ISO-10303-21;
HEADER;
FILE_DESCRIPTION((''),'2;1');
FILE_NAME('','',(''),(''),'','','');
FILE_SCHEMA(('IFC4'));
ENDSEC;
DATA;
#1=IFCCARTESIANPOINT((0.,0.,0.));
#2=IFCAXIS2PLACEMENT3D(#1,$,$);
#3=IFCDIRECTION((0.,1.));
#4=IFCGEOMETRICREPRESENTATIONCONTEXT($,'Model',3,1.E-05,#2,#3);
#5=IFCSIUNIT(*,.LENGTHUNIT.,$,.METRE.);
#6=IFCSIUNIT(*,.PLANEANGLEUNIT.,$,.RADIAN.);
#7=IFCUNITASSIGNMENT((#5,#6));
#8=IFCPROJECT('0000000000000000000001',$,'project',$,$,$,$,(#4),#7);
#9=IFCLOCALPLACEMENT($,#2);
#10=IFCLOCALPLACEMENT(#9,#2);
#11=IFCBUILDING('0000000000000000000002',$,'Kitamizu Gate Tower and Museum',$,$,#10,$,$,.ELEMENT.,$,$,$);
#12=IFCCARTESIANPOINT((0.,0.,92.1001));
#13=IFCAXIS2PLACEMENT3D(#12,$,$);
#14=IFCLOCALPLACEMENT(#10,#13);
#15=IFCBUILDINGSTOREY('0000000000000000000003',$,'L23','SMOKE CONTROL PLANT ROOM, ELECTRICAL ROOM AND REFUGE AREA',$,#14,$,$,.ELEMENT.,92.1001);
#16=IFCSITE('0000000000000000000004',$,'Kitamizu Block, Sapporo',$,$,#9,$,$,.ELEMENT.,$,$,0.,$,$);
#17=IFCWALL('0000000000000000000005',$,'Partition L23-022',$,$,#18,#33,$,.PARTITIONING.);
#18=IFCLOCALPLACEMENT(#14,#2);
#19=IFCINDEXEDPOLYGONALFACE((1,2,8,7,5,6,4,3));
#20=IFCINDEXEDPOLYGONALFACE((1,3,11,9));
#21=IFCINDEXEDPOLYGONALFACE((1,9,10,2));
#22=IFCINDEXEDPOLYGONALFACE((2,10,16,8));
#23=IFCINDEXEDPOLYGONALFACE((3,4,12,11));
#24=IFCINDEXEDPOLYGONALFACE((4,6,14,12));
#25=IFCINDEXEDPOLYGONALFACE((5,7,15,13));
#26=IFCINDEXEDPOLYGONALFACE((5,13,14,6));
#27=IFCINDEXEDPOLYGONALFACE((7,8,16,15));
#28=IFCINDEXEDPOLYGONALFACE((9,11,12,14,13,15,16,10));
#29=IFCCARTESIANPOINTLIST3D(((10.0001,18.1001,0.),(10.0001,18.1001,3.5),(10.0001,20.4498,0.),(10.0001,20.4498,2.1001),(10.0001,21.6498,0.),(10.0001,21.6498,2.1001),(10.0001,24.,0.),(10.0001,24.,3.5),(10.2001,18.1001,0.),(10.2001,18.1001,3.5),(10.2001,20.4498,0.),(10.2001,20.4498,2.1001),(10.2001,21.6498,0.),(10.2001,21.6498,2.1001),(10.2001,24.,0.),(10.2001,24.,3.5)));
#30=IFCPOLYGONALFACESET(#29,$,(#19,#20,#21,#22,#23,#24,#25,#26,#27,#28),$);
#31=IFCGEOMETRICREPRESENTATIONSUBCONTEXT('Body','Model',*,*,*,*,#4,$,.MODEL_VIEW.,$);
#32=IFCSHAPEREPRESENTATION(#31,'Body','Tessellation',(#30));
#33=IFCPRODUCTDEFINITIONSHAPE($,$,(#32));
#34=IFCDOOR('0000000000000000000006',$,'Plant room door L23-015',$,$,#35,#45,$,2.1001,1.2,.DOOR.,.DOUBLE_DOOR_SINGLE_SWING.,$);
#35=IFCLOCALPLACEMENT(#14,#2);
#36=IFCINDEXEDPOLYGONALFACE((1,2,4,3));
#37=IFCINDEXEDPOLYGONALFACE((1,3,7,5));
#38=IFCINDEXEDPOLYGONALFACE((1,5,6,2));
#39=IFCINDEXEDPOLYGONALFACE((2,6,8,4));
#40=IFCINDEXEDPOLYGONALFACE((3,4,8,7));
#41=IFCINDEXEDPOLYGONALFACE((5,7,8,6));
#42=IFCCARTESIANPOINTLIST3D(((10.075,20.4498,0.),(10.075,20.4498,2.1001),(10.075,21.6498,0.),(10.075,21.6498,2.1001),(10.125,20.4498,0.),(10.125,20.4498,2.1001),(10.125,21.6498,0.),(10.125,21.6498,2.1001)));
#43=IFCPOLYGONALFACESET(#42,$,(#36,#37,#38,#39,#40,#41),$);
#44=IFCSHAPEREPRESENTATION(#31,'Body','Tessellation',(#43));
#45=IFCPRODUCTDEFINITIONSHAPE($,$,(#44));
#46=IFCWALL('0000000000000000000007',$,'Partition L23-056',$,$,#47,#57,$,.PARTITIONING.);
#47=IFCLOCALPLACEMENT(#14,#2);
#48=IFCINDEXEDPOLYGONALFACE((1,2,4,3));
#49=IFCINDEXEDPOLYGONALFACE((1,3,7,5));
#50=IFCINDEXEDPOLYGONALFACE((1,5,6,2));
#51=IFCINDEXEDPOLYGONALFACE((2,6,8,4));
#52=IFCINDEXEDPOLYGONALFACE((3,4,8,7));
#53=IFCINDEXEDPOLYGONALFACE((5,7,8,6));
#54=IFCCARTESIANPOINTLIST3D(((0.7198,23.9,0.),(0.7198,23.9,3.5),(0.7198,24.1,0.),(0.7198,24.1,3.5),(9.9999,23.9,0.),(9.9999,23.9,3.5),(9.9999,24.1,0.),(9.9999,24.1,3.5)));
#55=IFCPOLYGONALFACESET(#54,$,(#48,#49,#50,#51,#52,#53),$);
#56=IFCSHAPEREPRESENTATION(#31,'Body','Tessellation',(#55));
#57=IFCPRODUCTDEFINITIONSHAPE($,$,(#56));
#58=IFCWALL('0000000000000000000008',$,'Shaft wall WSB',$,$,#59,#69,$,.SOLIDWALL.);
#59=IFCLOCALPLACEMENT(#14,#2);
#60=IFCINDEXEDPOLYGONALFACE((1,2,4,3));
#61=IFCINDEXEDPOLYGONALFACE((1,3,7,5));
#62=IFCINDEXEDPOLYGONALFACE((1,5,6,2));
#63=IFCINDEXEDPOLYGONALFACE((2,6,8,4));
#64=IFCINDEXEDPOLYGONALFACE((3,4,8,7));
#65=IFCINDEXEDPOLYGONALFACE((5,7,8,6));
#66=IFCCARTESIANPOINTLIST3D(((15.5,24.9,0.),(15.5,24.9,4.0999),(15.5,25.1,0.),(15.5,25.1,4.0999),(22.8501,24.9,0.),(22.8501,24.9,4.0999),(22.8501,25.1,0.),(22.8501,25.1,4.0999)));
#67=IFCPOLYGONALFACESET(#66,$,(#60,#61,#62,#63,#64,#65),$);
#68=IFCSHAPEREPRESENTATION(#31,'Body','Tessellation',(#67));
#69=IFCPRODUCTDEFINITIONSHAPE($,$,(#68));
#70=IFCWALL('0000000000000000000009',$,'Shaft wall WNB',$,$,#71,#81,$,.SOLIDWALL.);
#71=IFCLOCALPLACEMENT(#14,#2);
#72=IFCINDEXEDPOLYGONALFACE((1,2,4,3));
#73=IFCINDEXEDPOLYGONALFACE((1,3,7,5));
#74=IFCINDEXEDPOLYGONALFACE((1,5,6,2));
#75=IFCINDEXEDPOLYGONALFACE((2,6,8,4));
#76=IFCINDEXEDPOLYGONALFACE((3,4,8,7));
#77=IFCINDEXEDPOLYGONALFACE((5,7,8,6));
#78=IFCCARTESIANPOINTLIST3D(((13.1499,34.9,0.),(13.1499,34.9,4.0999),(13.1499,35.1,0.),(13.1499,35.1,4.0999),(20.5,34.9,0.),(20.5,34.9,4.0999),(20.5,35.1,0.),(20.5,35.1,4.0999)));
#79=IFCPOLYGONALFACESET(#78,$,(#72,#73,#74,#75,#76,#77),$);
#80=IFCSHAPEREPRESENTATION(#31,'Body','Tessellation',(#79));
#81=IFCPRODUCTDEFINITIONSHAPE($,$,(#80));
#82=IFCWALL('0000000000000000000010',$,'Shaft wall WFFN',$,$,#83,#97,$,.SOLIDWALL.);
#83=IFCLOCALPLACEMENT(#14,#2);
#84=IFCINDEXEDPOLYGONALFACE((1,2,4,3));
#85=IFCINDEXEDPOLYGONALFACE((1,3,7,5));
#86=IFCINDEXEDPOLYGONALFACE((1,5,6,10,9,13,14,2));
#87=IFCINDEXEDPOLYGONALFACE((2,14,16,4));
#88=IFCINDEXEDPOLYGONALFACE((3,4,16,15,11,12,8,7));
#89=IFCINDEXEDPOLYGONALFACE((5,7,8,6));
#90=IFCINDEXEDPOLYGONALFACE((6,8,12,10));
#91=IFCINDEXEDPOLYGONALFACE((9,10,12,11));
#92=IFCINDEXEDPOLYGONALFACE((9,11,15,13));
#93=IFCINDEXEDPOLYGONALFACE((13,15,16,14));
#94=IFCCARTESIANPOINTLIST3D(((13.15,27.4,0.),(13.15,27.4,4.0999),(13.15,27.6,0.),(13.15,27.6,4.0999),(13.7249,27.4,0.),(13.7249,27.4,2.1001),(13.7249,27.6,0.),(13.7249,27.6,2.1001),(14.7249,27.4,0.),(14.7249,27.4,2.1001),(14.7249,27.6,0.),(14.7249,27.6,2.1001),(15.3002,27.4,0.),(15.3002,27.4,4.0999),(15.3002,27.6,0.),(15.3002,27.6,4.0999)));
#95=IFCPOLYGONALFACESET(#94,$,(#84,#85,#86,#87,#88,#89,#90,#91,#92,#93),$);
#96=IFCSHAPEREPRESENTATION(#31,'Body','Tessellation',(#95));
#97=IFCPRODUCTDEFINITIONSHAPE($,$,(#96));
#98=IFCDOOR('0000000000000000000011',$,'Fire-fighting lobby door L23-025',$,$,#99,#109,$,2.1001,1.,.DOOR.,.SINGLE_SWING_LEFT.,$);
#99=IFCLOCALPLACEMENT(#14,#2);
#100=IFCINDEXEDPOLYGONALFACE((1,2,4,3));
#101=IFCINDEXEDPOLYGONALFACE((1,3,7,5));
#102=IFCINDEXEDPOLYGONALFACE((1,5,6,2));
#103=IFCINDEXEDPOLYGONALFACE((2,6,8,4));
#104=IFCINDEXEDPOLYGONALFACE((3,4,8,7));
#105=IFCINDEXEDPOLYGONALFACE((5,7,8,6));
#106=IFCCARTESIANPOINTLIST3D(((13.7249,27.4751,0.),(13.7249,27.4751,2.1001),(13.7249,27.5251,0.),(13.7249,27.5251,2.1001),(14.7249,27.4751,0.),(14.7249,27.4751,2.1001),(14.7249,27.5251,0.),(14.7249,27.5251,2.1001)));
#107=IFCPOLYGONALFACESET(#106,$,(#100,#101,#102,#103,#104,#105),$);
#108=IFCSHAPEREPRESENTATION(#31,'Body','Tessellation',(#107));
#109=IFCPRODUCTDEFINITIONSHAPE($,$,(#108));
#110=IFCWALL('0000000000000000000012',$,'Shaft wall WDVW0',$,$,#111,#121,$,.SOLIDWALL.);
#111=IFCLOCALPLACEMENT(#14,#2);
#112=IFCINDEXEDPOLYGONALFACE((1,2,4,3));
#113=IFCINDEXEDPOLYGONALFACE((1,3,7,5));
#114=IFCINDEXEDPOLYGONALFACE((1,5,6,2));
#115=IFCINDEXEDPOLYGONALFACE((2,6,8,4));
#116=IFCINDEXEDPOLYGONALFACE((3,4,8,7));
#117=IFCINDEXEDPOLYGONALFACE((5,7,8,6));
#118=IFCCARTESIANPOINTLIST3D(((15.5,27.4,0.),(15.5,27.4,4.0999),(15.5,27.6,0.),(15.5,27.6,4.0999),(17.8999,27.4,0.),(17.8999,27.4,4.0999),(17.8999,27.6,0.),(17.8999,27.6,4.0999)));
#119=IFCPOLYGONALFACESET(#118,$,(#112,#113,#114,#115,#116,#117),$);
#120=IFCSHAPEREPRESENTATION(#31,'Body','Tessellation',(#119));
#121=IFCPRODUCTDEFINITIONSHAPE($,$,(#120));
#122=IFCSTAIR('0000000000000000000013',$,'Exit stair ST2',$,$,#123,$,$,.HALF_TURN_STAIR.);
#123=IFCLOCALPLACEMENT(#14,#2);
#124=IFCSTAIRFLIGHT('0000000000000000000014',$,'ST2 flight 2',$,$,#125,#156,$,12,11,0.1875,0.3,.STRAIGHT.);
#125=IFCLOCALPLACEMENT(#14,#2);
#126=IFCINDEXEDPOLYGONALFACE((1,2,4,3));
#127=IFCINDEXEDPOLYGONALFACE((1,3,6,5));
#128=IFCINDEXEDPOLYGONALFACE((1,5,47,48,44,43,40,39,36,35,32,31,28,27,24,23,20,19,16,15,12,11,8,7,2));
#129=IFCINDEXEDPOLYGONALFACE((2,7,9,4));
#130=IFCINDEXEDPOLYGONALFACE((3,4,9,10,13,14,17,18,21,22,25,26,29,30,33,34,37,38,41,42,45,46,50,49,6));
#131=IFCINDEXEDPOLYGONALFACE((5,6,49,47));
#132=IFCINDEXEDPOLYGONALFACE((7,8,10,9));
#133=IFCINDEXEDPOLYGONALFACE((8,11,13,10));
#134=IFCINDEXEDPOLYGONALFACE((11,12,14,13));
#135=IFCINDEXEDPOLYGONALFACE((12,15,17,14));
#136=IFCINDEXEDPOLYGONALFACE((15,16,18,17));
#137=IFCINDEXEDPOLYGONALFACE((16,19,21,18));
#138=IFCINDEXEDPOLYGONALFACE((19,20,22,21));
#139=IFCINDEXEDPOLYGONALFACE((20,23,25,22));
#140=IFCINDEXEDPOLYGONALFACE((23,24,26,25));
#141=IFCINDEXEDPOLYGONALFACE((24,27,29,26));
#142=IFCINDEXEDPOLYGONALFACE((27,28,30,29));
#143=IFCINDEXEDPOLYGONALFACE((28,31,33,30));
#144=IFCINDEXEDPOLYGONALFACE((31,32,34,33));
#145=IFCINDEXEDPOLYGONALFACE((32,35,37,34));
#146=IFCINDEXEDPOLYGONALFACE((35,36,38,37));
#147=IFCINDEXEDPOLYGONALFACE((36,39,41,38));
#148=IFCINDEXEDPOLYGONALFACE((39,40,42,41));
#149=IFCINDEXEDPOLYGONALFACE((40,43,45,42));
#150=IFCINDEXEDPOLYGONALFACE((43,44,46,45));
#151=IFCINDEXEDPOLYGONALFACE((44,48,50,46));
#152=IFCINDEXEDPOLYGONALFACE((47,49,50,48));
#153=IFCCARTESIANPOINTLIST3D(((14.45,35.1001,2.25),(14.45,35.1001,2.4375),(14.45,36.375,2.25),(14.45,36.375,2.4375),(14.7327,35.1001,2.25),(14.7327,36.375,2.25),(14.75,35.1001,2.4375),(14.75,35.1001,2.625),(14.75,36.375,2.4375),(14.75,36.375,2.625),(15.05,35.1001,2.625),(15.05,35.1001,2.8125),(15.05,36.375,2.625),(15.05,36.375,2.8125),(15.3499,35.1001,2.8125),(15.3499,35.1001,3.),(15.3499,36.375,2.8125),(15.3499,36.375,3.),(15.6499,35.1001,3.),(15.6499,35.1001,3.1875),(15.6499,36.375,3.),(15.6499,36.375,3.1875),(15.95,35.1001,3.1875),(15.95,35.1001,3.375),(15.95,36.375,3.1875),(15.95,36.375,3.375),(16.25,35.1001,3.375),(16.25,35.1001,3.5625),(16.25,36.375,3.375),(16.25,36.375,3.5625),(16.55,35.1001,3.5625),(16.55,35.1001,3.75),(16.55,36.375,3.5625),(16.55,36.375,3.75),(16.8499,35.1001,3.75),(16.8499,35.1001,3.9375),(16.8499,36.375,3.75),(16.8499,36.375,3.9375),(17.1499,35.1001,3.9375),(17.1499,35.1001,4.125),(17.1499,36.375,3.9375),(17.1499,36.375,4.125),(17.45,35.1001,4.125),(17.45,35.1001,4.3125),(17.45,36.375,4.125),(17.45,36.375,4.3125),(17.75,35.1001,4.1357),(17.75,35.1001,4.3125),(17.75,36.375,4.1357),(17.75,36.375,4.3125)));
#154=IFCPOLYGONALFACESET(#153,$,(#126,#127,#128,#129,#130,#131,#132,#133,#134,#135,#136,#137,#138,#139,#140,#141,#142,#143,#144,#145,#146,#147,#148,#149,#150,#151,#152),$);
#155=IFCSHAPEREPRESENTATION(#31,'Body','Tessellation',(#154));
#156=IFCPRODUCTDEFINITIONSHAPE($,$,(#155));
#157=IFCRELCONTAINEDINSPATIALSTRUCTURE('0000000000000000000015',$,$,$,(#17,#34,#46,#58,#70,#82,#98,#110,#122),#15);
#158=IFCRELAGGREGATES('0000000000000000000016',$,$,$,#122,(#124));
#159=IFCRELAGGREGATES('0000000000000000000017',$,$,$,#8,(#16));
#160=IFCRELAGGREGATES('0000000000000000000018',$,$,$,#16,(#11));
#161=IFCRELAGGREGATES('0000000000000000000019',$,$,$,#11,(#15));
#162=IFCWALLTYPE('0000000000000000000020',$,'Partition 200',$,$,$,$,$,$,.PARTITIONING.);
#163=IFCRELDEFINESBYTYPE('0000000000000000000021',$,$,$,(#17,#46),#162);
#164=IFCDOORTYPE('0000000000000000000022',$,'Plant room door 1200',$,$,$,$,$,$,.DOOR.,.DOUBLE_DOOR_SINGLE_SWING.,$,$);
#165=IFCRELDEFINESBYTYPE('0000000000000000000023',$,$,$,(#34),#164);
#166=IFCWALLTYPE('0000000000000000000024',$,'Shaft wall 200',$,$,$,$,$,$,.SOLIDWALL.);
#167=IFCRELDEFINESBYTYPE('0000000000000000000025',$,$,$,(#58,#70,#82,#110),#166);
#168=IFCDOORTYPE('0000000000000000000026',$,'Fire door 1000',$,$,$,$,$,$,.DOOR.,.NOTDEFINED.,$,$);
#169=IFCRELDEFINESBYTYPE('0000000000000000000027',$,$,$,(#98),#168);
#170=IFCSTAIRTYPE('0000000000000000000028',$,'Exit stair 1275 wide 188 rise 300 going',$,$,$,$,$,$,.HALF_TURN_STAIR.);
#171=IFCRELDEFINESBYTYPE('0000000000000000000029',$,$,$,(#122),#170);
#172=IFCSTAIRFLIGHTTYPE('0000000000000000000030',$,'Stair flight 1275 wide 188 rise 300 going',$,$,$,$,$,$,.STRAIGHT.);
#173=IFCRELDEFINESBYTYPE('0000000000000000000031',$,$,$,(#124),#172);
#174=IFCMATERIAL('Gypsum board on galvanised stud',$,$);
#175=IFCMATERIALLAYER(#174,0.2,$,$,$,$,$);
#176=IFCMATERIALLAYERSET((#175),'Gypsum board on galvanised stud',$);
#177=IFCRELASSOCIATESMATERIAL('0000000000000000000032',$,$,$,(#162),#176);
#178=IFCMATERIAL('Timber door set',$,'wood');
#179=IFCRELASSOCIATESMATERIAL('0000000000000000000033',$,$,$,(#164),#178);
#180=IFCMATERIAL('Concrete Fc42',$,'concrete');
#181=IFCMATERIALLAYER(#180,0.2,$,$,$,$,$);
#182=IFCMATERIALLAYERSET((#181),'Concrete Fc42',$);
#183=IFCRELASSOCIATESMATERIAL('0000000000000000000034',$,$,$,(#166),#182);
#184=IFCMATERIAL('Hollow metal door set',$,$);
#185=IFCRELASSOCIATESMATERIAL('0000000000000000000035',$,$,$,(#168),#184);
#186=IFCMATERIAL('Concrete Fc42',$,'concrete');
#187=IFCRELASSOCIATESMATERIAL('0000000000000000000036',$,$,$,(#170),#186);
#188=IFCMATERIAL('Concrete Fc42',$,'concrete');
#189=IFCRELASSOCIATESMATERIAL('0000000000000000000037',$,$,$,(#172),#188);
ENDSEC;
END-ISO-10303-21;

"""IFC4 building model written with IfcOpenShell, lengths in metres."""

from ifc_helpers import new_model, si_unit, direction, frame, frame_2d, origin, place, context, subcontext, project, spatial, polyline, rectangle, outline, extrude, material, layer, layer_set, type_object, element, fill, aggregate, save


model = new_model("IFC4")

# Units and contexts
model_context = context("Model", 3, precision=1e-05, world=origin(), true_north=direction((0.0, 1.0)))
body_context = subcontext(model_context, "Body", "Model", "MODEL_VIEW")
ifc_project = project(units=[si_unit("LENGTHUNIT", "METRE"), si_unit("PLANEANGLEUNIT", "RADIAN")], contexts=[model_context])

# Site, building, storey
site_placement = place(None, origin())
site = spatial("IfcSite", under=ifc_project, at=site_placement, Name="Kitamizu Block, Sapporo", CompositionType="ELEMENT", RefElevation=0.0)
building_placement = place(site_placement, origin())
building = spatial("IfcBuilding", under=site, at=building_placement, Name="Kitamizu Gate Tower and Museum", CompositionType="ELEMENT")
storey_placement = place(building_placement, frame((0.0, 0.0, 92.1001)))
storey = spatial("IfcBuildingStorey", under=building, at=storey_placement, Name="L23", Description="SMOKE CONTROL PLANT ROOM, ELECTRICAL ROOM AND REFUGE AREA", CompositionType="ELEMENT", Elevation=92.1001)

# Wall, opening, door
ifc_material_1 = material(Name="Gypsum board on galvanised stud")
ifc_layer_1 = layer(ifc_material_1, 0.2)
ifc_layer_set_1 = layer_set([ifc_layer_1], Name="Gypsum board on galvanised stud")
wall_type_1 = type_object("IfcWallType", Name="Partition 200", PredefinedType="PARTITIONING", material=ifc_layer_set_1)
wall_1_placement = place(storey_placement, frame((10.1001, 24.0, 0.0), z_axis=(0.0, 0.0, 1.0), x_axis=(0.0, -1.0, 0.0)))
wall_1 = element("IfcWall", 1, at=wall_1_placement, inside=storey, type_object=wall_type_1, Name="Partition L23-022", PredefinedType="PARTITIONING", context=body_context, shape_type="SweptSolid", body=[
    extrude(rectangle(XDim=5.8999, YDim=0.2, at=frame_2d((2.95, 0.0))), origin(), (0.0, 0.0, 1.0), 3.5),
])
opening_1_placement = place(wall_1_placement, frame((2.3501, 0.0, 0.0)))
opening_1 = element("IfcOpeningElement", 2, at=opening_1_placement, cuts=wall_1, PredefinedType="OPENING", context=body_context, shape_type="SweptSolid", body=[
    extrude(rectangle(XDim=1.2, YDim=2.1001, at=frame_2d((0.6001, 1.05))), frame((0.0, 0.1099, 0.0), z_axis=(0.0, -1.0, 0.0), x_axis=(1.0, 0.0, 0.0)), (0.0, 0.0, 1.0), 0.22),
])
ifc_material_2 = material(Name="Timber door set", Category="wood")
door_type_1 = type_object("IfcDoorType", Name="Plant room door 1200", OperationType="DOUBLE_DOOR_SINGLE_SWING", PredefinedType="DOOR", material=ifc_material_2)
door_1_placement = place(opening_1_placement, origin())
door_1 = element("IfcDoor", 3, at=door_1_placement, inside=storey, type_object=door_type_1, Name="Plant room door L23-015", OperationType="DOUBLE_DOOR_SINGLE_SWING", OverallHeight=2.1001, OverallWidth=1.2, PredefinedType="DOOR", context=body_context, shape_type="SweptSolid", body=[
    extrude(rectangle(XDim=1.2, YDim=2.1001, at=frame_2d((0.6001, 1.05))), frame((0.0, 0.0249, 0.0), z_axis=(0.0, -1.0, 0.0), x_axis=(1.0, 0.0, 0.0)), (0.0, 0.0, 1.0), 0.05),
])
fill(opening_1, door_1)

# Walls
wall_2_placement = place(storey_placement, frame((10.0, 24.0, 0.0), z_axis=(0.0, 0.0, 1.0), x_axis=(-1.0, 0.0, 0.0)))
element("IfcWall", 4, at=wall_2_placement, inside=storey, type_object=wall_type_1, Name="Partition L23-056", PredefinedType="PARTITIONING", context=body_context, shape_type="SweptSolid", body=[
    extrude(rectangle(XDim=9.28, YDim=0.2, at=frame_2d((4.6401, 0.0))), origin(), (0.0, 0.0, 1.0), 3.5),
])
ifc_material_3 = material(Name="Concrete Fc42", Category="concrete")
ifc_layer_2 = layer(ifc_material_3, 0.2)
ifc_layer_set_2 = layer_set([ifc_layer_2], Name="Concrete Fc42")
wall_type_2 = type_object("IfcWallType", Name="Shaft wall 200", PredefinedType="SOLIDWALL", material=ifc_layer_set_2)
for number, where, z_axis, x_axis, name in (
    (5, (15.5, 25.0, 0.0), (0.0, 0.0, 1.0), (1.0, 0.0, 0.0), "Shaft wall WSB"),
    (6, (13.1499, 35.0, 0.0), (0.0, 0.0, 1.0), (1.0, 0.0, 0.0), "Shaft wall WNB"),
):
    element("IfcWall", number, at=place(storey_placement, frame(where, z_axis=z_axis, x_axis=x_axis)), inside=storey, type_object=wall_type_2, Name=name, PredefinedType="SOLIDWALL", context=body_context, shape_type="SweptSolid", body=[
        extrude(rectangle(XDim=7.3501, YDim=0.2, at=frame_2d((3.675, 0.0))), origin(), (0.0, 0.0, 1.0), 4.0999),
    ])

# Wall, opening, door
wall_3_placement = place(storey_placement, frame((13.1499, 27.5, 0.0), z_axis=(0.0, 0.0, 1.0), x_axis=(1.0, 0.0, 0.0)))
wall_3 = element("IfcWall", 7, at=wall_3_placement, inside=storey, type_object=wall_type_2, Name="Shaft wall WFFN", PredefinedType="SOLIDWALL", context=body_context, shape_type="SweptSolid", body=[
    extrude(rectangle(XDim=2.1501, YDim=0.2, at=frame_2d((1.0752, 0.0))), origin(), (0.0, 0.0, 1.0), 4.0999),
])
opening_2_placement = place(wall_3_placement, frame((0.575, 0.0, 0.0)))
opening_2 = element("IfcOpeningElement", 8, at=opening_2_placement, cuts=wall_3, PredefinedType="OPENING", context=body_context, shape_type="SweptSolid", body=[
    extrude(rectangle(XDim=1.0, YDim=2.1001, at=frame_2d((0.5, 1.05))), frame((0.0, 0.1099, 0.0), z_axis=(0.0, -1.0, 0.0), x_axis=(1.0, 0.0, 0.0)), (0.0, 0.0, 1.0), 0.22),
])
ifc_material_4 = material(Name="Hollow metal door set")
door_type_2 = type_object("IfcDoorType", Name="Fire door 1000", OperationType="NOTDEFINED", PredefinedType="DOOR", material=ifc_material_4)
door_2_placement = place(opening_2_placement, frame((1.0, 0.0, 0.0), x_axis=(-1.0, 0.0, 0.0)))
door_2 = element("IfcDoor", 9, at=door_2_placement, inside=storey, type_object=door_type_2, Name="Fire-fighting lobby door L23-025", OperationType="SINGLE_SWING_LEFT", OverallHeight=2.1001, OverallWidth=1.0, PredefinedType="DOOR", context=body_context, shape_type="SweptSolid", body=[
    extrude(rectangle(XDim=1.0, YDim=2.1001, at=frame_2d((0.5, 1.05))), frame((0.0, 0.0249, 0.0), z_axis=(0.0, -1.0, 0.0), x_axis=(1.0, 0.0, 0.0)), (0.0, 0.0, 1.0), 0.05),
])
fill(opening_2, door_2)

# Wall
wall_4_placement = place(storey_placement, frame((15.5, 27.5, 0.0), z_axis=(0.0, 0.0, 1.0), x_axis=(1.0, 0.0, 0.0)))
element("IfcWall", 10, at=wall_4_placement, inside=storey, type_object=wall_type_2, Name="Shaft wall WDVW0", PredefinedType="SOLIDWALL", context=body_context, shape_type="SweptSolid", body=[
    extrude(rectangle(XDim=2.3999, YDim=0.2, at=frame_2d((1.2, 0.0))), origin(), (0.0, 0.0, 1.0), 4.0999),
])

# Stair, stair flight
ifc_material_5 = material(Name="Concrete Fc42", Category="concrete")
stair_type = type_object("IfcStairType", Name="Exit stair 1275 wide 188 rise 300 going", PredefinedType="HALF_TURN_STAIR", material=ifc_material_5)
stair_placement = place(storey_placement, origin())
stair = element("IfcStair", 11, at=stair_placement, inside=storey, type_object=stair_type, Name="Exit stair ST2", PredefinedType="HALF_TURN_STAIR")
ifc_material_6 = material(Name="Concrete Fc42", Category="concrete")
stair_flight_type = type_object("IfcStairFlightType", Name="Stair flight 1275 wide 188 rise 300 going", PredefinedType="STRAIGHT", material=ifc_material_6)
stair_flight_placement = place(storey_placement, frame((14.45, 35.7375, 2.25), z_axis=(0.0, 0.0, 1.0), x_axis=(1.0, 0.0, 0.0)))
stair_flight = element("IfcStairFlight", 12, at=stair_flight_placement, type_object=stair_flight_type, Name="ST2 flight 2", NumberOfRisers=12, NumberOfTreads=11, PredefinedType="STRAIGHT", RiserHeight=0.1875, TreadLength=0.3, context=body_context, shape_type="SweptSolid", body=[
    extrude(outline(polyline([(0.0, 0.0), (0.0, 0.1875), (0.3, 0.1875), (0.3, 0.375), (0.6001, 0.375), (0.6001, 0.5625), (0.8999, 0.5625), (0.8999, 0.75), (1.2, 0.75), (1.2, 0.9375), (1.5, 0.9375), (1.5, 1.125), (1.8, 1.125), (1.8, 1.3125), (2.1001, 1.3125), (2.1001, 1.5), (2.3999, 1.5), (2.3999, 1.6875), (2.7, 1.6875), (2.7, 1.875), (3.0, 1.875), (3.0, 2.0625), (3.3, 2.0625), (3.3, 2.25), (3.3, 1.8857), (0.2827, 0.0), (0.0, 0.0)])), frame((0.0, 0.6375, 0.0), z_axis=(0.0, -1.0, 0.0), x_axis=(1.0, 0.0, 0.0)), (0.0, 0.0, 1.0), 1.2749),
])
aggregate(stair, [stair_flight])

save(model, "model.ifc")
